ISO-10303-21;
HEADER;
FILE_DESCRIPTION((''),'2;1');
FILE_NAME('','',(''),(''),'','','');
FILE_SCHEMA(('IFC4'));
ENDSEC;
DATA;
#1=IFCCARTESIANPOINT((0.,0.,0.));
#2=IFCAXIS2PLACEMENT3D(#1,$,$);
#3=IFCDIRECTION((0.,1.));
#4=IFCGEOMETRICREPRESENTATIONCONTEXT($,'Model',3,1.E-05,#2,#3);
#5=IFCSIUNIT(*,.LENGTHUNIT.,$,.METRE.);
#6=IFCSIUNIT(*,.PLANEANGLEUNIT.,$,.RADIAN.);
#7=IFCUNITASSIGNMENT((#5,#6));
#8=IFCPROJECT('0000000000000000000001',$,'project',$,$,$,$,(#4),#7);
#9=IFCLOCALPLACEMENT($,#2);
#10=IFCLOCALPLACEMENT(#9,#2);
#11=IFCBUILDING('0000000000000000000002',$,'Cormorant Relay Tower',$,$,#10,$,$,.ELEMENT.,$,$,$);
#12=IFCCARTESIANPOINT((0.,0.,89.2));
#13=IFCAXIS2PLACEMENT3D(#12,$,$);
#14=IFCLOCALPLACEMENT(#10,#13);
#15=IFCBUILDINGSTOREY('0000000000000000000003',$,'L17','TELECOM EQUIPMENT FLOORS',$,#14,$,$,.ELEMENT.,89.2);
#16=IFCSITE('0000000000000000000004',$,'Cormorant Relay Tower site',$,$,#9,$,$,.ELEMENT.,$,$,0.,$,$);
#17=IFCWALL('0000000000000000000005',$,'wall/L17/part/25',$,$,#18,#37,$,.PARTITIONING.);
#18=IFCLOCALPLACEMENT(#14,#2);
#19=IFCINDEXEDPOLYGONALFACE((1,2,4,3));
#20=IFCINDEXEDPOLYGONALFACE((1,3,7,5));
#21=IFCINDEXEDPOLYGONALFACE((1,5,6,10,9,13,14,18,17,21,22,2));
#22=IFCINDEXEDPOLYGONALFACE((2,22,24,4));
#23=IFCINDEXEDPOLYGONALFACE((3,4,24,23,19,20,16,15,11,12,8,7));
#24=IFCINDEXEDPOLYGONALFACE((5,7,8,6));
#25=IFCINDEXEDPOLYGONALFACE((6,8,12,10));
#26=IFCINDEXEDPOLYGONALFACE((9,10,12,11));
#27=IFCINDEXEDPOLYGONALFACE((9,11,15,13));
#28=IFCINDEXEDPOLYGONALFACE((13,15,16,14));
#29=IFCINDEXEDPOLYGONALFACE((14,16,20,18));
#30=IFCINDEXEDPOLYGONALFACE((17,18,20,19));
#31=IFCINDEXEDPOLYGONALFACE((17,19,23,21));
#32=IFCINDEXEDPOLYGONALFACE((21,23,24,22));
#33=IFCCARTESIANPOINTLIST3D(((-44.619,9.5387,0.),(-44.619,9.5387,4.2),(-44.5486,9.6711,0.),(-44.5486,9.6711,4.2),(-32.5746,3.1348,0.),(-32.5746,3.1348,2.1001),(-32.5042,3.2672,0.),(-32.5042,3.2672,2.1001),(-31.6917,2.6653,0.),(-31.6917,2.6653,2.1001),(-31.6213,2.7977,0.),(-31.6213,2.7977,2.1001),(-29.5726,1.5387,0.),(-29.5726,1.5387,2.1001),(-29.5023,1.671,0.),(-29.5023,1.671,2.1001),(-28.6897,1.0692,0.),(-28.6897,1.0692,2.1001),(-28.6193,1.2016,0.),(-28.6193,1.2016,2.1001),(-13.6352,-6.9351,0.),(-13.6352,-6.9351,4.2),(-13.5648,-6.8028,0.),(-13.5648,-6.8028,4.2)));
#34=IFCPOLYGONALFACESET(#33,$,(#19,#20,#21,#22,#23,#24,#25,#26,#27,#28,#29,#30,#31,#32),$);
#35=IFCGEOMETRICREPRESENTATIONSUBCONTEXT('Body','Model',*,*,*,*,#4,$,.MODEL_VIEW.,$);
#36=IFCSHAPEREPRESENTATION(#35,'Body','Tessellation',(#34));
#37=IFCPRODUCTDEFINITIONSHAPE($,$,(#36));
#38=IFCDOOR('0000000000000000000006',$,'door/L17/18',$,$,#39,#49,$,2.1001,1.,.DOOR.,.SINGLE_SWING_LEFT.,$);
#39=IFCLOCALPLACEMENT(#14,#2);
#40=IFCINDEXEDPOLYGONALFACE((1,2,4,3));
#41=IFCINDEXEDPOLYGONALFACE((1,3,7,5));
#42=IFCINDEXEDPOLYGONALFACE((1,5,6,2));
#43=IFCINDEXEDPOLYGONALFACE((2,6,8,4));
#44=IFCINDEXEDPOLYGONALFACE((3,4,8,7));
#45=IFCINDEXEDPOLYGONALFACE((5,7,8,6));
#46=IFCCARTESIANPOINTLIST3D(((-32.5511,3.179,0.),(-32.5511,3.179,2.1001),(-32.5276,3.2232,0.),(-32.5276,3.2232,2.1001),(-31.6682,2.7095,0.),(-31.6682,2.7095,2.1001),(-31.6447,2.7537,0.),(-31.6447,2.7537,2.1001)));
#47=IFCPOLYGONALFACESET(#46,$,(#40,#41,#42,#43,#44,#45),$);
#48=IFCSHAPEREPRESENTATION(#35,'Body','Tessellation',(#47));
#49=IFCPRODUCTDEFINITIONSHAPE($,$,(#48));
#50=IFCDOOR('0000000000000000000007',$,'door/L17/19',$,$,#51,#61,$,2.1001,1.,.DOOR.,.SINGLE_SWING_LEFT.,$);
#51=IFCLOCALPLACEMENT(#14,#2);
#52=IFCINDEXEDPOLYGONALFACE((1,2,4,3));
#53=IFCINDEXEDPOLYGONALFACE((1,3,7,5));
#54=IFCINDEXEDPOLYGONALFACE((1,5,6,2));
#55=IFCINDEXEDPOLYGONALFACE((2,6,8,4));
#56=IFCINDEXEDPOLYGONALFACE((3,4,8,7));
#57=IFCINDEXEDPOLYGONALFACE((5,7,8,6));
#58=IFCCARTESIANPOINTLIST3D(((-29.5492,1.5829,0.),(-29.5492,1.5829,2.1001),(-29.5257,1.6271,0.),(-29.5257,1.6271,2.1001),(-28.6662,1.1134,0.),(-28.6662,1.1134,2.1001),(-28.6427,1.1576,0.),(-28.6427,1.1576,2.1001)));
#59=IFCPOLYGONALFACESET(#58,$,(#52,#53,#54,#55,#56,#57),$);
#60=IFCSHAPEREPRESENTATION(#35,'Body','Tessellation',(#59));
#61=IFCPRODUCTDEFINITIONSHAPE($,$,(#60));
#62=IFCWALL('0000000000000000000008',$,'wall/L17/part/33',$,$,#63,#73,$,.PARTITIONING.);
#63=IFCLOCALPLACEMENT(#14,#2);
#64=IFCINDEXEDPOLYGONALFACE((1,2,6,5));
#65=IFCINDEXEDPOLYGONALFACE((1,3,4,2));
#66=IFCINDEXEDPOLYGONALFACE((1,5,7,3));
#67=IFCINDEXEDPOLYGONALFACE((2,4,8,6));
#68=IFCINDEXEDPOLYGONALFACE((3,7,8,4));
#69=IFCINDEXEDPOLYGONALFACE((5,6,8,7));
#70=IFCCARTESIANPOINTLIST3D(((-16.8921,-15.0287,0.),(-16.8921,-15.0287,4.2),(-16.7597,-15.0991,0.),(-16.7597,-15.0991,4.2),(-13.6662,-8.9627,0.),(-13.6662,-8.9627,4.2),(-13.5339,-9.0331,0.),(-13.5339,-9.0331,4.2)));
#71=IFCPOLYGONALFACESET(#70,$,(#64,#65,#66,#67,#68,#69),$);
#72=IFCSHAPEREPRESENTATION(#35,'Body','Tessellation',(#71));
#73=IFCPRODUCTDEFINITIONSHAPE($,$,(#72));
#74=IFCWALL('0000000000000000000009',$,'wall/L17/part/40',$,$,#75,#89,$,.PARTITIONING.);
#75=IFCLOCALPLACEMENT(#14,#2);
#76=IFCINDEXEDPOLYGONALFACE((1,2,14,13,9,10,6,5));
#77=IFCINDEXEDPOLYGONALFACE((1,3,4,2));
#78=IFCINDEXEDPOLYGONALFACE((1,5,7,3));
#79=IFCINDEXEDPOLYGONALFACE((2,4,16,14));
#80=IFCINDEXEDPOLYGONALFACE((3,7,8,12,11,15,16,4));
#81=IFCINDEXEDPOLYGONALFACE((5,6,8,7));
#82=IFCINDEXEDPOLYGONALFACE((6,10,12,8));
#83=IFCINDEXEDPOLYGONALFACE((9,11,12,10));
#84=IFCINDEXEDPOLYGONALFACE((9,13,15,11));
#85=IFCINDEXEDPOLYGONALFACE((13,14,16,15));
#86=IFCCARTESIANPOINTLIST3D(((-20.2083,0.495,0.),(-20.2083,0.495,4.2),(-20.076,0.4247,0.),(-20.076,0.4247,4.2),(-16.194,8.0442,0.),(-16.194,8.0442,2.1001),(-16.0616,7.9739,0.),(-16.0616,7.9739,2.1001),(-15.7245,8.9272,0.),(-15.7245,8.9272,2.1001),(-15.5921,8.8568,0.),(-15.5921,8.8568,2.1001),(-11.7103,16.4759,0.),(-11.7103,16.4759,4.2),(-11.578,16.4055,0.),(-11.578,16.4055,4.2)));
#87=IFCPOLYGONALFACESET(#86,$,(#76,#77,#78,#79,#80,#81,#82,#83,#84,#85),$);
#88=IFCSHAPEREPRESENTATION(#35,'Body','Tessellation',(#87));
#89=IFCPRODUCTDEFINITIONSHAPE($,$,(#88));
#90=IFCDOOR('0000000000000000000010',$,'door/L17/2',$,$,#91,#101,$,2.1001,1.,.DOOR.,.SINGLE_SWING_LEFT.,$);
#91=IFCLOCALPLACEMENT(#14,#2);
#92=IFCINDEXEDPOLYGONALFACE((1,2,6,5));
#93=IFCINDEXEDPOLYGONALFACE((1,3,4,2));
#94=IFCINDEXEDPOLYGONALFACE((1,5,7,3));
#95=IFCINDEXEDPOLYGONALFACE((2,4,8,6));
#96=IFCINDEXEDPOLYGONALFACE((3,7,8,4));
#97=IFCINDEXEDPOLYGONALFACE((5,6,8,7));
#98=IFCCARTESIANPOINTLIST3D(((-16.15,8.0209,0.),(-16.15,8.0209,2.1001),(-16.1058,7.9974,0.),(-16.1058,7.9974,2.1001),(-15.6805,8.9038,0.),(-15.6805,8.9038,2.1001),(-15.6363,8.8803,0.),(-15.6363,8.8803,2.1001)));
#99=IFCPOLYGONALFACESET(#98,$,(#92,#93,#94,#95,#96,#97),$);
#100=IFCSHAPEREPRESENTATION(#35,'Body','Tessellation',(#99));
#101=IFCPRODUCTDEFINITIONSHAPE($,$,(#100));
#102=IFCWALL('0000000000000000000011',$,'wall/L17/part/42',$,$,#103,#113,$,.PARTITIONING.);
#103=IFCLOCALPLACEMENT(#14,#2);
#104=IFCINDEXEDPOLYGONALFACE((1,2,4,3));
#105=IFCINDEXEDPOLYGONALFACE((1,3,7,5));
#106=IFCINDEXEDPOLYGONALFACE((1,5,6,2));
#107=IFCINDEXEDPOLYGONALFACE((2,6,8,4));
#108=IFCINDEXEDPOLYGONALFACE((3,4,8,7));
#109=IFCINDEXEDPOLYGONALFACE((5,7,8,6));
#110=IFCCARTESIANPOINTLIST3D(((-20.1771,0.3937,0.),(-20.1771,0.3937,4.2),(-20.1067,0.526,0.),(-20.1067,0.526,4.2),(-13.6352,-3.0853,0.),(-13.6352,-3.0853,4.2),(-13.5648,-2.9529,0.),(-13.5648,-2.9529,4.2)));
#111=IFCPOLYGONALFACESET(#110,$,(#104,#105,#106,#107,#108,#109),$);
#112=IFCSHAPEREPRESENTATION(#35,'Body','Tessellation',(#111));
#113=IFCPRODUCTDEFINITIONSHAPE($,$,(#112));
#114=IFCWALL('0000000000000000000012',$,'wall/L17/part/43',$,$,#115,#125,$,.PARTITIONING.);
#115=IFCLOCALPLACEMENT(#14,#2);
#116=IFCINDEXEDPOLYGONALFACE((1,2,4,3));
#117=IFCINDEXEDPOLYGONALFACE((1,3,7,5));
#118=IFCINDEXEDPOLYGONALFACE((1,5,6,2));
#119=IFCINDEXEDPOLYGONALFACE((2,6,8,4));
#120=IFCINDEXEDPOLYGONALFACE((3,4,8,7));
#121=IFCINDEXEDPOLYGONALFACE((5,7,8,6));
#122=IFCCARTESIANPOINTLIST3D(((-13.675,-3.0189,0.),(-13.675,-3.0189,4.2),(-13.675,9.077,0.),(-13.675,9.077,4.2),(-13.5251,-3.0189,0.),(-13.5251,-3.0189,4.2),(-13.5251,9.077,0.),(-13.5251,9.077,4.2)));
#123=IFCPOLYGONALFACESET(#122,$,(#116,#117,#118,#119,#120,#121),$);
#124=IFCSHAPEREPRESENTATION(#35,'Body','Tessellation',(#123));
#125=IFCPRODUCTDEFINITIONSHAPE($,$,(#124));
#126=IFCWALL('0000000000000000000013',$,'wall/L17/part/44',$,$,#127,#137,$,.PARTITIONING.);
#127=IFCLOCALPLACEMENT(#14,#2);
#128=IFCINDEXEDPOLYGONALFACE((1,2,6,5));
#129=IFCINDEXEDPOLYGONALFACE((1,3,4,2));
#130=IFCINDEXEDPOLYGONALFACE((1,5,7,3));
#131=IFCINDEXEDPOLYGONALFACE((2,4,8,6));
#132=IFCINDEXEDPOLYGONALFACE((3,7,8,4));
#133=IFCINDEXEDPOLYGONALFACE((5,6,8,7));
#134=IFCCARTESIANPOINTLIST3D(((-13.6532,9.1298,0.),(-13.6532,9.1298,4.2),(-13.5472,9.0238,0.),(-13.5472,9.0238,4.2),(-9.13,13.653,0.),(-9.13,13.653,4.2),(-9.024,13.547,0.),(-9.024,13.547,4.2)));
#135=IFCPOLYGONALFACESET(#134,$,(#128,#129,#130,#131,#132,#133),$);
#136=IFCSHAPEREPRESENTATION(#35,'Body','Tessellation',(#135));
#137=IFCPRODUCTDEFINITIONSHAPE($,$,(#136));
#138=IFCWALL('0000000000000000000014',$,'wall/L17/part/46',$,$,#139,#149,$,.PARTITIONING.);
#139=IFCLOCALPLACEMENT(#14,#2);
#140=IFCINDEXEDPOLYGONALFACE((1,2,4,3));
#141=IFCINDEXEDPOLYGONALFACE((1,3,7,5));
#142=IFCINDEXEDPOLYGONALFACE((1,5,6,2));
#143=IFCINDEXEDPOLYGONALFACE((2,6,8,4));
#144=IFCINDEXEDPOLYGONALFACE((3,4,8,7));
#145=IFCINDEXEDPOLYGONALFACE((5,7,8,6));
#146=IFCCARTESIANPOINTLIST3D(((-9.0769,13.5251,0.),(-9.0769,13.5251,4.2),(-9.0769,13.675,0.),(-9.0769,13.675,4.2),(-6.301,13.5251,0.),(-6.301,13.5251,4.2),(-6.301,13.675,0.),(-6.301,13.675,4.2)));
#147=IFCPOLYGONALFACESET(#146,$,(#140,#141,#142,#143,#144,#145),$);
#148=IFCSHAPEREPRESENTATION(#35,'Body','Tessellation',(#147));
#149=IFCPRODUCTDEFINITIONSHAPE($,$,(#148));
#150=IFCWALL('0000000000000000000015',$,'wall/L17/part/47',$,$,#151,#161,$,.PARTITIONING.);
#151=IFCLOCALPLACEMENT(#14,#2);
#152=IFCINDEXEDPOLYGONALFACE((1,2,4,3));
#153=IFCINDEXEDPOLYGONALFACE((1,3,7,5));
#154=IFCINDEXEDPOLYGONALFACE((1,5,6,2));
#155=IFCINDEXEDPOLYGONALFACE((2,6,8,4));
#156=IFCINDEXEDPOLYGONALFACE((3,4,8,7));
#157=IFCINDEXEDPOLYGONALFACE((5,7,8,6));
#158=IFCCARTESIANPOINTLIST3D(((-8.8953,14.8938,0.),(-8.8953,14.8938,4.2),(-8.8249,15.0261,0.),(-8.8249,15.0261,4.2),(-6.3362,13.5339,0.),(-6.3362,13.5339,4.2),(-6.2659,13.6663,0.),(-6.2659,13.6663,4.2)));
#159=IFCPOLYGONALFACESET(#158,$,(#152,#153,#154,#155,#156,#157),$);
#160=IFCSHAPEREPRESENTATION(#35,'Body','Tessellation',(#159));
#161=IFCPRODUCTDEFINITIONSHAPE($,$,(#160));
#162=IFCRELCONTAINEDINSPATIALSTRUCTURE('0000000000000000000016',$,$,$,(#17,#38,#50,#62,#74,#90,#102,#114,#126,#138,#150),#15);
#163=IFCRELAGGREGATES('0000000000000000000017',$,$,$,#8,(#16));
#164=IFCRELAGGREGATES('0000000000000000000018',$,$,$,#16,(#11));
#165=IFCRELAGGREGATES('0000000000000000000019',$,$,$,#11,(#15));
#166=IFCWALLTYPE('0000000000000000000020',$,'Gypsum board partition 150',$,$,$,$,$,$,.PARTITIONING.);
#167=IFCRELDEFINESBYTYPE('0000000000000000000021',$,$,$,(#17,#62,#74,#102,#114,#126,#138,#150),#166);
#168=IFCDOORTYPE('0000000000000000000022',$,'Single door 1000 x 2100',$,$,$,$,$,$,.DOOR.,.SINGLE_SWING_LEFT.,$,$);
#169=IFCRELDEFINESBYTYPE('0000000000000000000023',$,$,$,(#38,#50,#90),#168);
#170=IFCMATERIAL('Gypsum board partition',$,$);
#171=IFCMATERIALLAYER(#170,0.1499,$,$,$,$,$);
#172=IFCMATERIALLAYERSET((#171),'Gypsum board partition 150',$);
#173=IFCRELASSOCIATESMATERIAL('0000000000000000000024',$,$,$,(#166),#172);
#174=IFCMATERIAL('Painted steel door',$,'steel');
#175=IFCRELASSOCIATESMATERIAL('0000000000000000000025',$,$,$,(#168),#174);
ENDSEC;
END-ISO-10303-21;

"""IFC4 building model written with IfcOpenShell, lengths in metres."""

from ifc_helpers import new_model, si_unit, direction, frame, frame_2d, origin, place, context, subcontext, project, spatial, rectangle, extrude, material, layer, layer_set, type_object, element, fill, save


model = new_model("IFC4")

# Units and contexts
model_context = context("Model", 3, precision=1e-05, world=origin(), true_north=direction((0.0, 1.0)))
body_context = subcontext(model_context, "Body", "Model", "MODEL_VIEW")
ifc_project = project(units=[si_unit("LENGTHUNIT", "METRE"), si_unit("PLANEANGLEUNIT", "RADIAN")], contexts=[model_context])

# Site, building, storey
site_placement = place(None, origin())
site = spatial("IfcSite", under=ifc_project, at=site_placement, Name="Cormorant Relay Tower site", CompositionType="ELEMENT", RefElevation=0.0)
building_placement = place(site_placement, origin())
building = spatial("IfcBuilding", under=site, at=building_placement, Name="Cormorant Relay Tower", CompositionType="ELEMENT")
storey_placement = place(building_placement, frame((0.0, 0.0, 89.2)))
storey = spatial("IfcBuildingStorey", under=building, at=storey_placement, Name="L17", Description="TELECOM EQUIPMENT FLOORS", CompositionType="ELEMENT", Elevation=89.2)

# Shared definitions
ifc_material_1 = material(Name="Gypsum board partition")
ifc_layer_1 = layer(ifc_material_1, 0.1499)
ifc_layer_set_1 = layer_set([ifc_layer_1], Name="Gypsum board partition 150")
wall_type_1 = type_object("IfcWallType", Name="Gypsum board partition 150", PredefinedType="PARTITIONING", material=ifc_layer_set_1)

# Wall, openings, doors
wall_1_placement = place(storey_placement, frame((-13.6001, -6.8689, 0.0), z_axis=(0.0, 0.0, 1.0), x_axis=(-0.882954, 0.469459, 0.0)))
wall_1 = element("IfcWall", 1, at=wall_1_placement, inside=storey, type_object=wall_type_1, Name="wall/L17/part/25", PredefinedType="PARTITIONING", context=body_context, shape_type="SweptSolid", body=[
    extrude(rectangle(XDim=35.0911, YDim=0.1499, at=frame_2d((17.5454, 0.0))), origin(), (0.0, 0.0, 1.0), 4.2),
])
opening_1_placement = place(wall_1_placement, frame((20.45, 0.0, 0.0)))
opening_1 = element("IfcOpeningElement", 2, at=opening_1_placement, cuts=wall_1, PredefinedType="OPENING", context=body_context, shape_type="SweptSolid", body=[
    extrude(rectangle(XDim=1.0, YDim=2.1001, at=frame_2d((0.5, 1.05))), frame((0.0, 0.085, 0.0), z_axis=(0.0, -1.0, 0.0), x_axis=(1.0, 0.0, 0.0)), (0.0, 0.0, 1.0), 0.1699),
])
opening_2_placement = place(wall_1_placement, frame((17.05, 0.0, 0.0)))
opening_2 = element("IfcOpeningElement", 3, at=opening_2_placement, cuts=wall_1, PredefinedType="OPENING", context=body_context, shape_type="SweptSolid", body=[
    extrude(rectangle(XDim=1.0, YDim=2.1001, at=frame_2d((0.5, 1.05))), frame((0.0, 0.085, 0.0), z_axis=(0.0, -1.0, 0.0), x_axis=(1.0, 0.0, 0.0)), (0.0, 0.0, 1.0), 0.1699),
])
ifc_material_2 = material(Name="Painted steel door", Category="steel")
door_type_1 = type_object("IfcDoorType", Name="Single door 1000 x 2100", OperationType="SINGLE_SWING_LEFT", PredefinedType="DOOR", material=ifc_material_2)
door_1_placement = place(opening_1_placement, origin())
door_1 = element("IfcDoor", 4, at=door_1_placement, inside=storey, type_object=door_type_1, Name="door/L17/18", OperationType="SINGLE_SWING_LEFT", OverallHeight=2.1001, OverallWidth=1.0, PredefinedType="DOOR", context=body_context, shape_type="SweptSolid", body=[
    extrude(rectangle(XDim=1.0, YDim=2.1001, at=frame_2d((0.5, 1.05))), frame((0.0, 0.0249, 0.0), z_axis=(0.0, -1.0, 0.0), x_axis=(1.0, 0.0, 0.0)), (0.0, 0.0, 1.0), 0.05),
])
fill(opening_1, door_1)
door_2_placement = place(opening_2_placement, origin())
door_2 = element("IfcDoor", 5, at=door_2_placement, inside=storey, type_object=door_type_1, Name="door/L17/19", OperationType="SINGLE_SWING_LEFT", OverallHeight=2.1001, OverallWidth=1.0, PredefinedType="DOOR", context=body_context, shape_type="SweptSolid", body=[
    extrude(rectangle(XDim=1.0, YDim=2.1001, at=frame_2d((0.5, 1.05))), frame((0.0, 0.0249, 0.0), z_axis=(0.0, -1.0, 0.0), x_axis=(1.0, 0.0, 0.0)), (0.0, 0.0, 1.0), 0.05),
])
fill(opening_2, door_2)

# Wall
wall_2_placement = place(storey_placement, frame((-13.6001, -8.998, 0.0), z_axis=(0.0, 0.0, 1.0), x_axis=(-0.469531, -0.882916, 0.0)))
element("IfcWall", 6, at=wall_2_placement, inside=storey, type_object=wall_type_1, Name="wall/L17/part/33", PredefinedType="PARTITIONING", context=body_context, shape_type="SweptSolid", body=[
    extrude(rectangle(XDim=6.8704, YDim=0.1499, at=frame_2d((3.4351, 0.0))), origin(), (0.0, 0.0, 1.0), 4.2),
])

# Wall, opening, door
wall_3_placement = place(storey_placement, frame((-20.1421, 0.46, 0.0), z_axis=(0.0, 0.0, 1.0), x_axis=(0.469507, 0.882929, 0.0)))
wall_3 = element("IfcWall", 7, at=wall_3_placement, inside=storey, type_object=wall_type_1, Name="wall/L17/part/40", PredefinedType="PARTITIONING", context=body_context, shape_type="SweptSolid", body=[
    extrude(rectangle(XDim=18.0999, YDim=0.1499, at=frame_2d((9.0498, 0.0))), origin(), (0.0, 0.0, 1.0), 4.2),
])
opening_3_placement = place(wall_3_placement, frame((8.55, 0.0, 0.0)))
opening_3 = element("IfcOpeningElement", 8, at=opening_3_placement, cuts=wall_3, PredefinedType="OPENING", context=body_context, shape_type="SweptSolid", body=[
    extrude(rectangle(XDim=1.0, YDim=2.1001, at=frame_2d((0.5, 1.05))), frame((0.0, 0.085, 0.0), z_axis=(0.0, -1.0, 0.0), x_axis=(1.0, 0.0, 0.0)), (0.0, 0.0, 1.0), 0.1699),
])
door_3_placement = place(opening_3_placement, frame((1.0, 0.0, 0.0), z_axis=(0.0, 0.0, 1.0), x_axis=(-1.0, 0.0, 0.0)))
door_3 = element("IfcDoor", 9, at=door_3_placement, inside=storey, type_object=door_type_1, Name="door/L17/2", OperationType="SINGLE_SWING_LEFT", OverallHeight=2.1001, OverallWidth=1.0, PredefinedType="DOOR", context=body_context, shape_type="SweptSolid", body=[
    extrude(rectangle(XDim=1.0, YDim=2.1001, at=frame_2d((0.5, 1.05))), frame((0.0, 0.0249, 0.0), z_axis=(0.0, -1.0, 0.0), x_axis=(1.0, 0.0, 0.0)), (0.0, 0.0, 1.0), 0.05),
])
fill(opening_3, door_3)

# Walls
wall_4_placement = place(storey_placement, frame((-13.6001, -3.019, 0.0), z_axis=(0.0, 0.0, 1.0), x_axis=(-0.882916, 0.469531, 0.0)))
element("IfcWall", 10, at=wall_4_placement, inside=storey, type_object=wall_type_1, Name="wall/L17/part/42", PredefinedType="PARTITIONING", context=body_context, shape_type="SweptSolid", body=[
    extrude(rectangle(XDim=7.4094, YDim=0.1499, at=frame_2d((3.7046, 0.0))), origin(), (0.0, 0.0, 1.0), 4.2),
])
wall_5_placement = place(storey_placement, frame((-13.6001, 9.0769, 0.0), z_axis=(0.0, 0.0, 1.0), x_axis=(0.0, -1.0, 0.0)))
element("IfcWall", 11, at=wall_5_placement, inside=storey, type_object=wall_type_1, Name="wall/L17/part/43", PredefinedType="PARTITIONING", context=body_context, shape_type="SweptSolid", body=[
    extrude(rectangle(XDim=12.0959, YDim=0.1499, at=frame_2d((6.0479, 0.0))), origin(), (0.0, 0.0, 1.0), 4.2),
])
wall_6_placement = place(storey_placement, frame((-13.6001, 9.0769, 0.0), z_axis=(0.0, 0.0, 1.0), x_axis=(0.707107, 0.707107, 0.0)))
element("IfcWall", 12, at=wall_6_placement, inside=storey, type_object=wall_type_1, Name="wall/L17/part/44", PredefinedType="PARTITIONING", context=body_context, shape_type="SweptSolid", body=[
    extrude(rectangle(XDim=6.3967, YDim=0.1499, at=frame_2d((3.1982, 0.0))), origin(), (0.0, 0.0, 1.0), 4.2),
])
wall_7_placement = place(storey_placement, frame((-6.301, 13.6001, 0.0), z_axis=(0.0, 0.0, 1.0), x_axis=(-1.0, 0.0, 0.0)))
element("IfcWall", 13, at=wall_7_placement, inside=storey, type_object=wall_type_1, Name="wall/L17/part/46", PredefinedType="PARTITIONING", context=body_context, shape_type="SweptSolid", body=[
    extrude(rectangle(XDim=2.7759, YDim=0.1499, at=frame_2d((1.3879, 0.0))), origin(), (0.0, 0.0, 1.0), 4.2),
])
wall_8_placement = place(storey_placement, frame((-6.301, 13.6001, 0.0), z_axis=(0.0, 0.0, 1.0), x_axis=(-0.883066, 0.46925, 0.0)))
element("IfcWall", 14, at=wall_8_placement, inside=storey, type_object=wall_type_1, Name="wall/L17/part/47", PredefinedType="PARTITIONING", context=body_context, shape_type="SweptSolid", body=[
    extrude(rectangle(XDim=2.8979, YDim=0.1499, at=frame_2d((1.449, 0.0))), origin(), (0.0, 0.0, 1.0), 4.2),
])

save(model, "model.ifc")
